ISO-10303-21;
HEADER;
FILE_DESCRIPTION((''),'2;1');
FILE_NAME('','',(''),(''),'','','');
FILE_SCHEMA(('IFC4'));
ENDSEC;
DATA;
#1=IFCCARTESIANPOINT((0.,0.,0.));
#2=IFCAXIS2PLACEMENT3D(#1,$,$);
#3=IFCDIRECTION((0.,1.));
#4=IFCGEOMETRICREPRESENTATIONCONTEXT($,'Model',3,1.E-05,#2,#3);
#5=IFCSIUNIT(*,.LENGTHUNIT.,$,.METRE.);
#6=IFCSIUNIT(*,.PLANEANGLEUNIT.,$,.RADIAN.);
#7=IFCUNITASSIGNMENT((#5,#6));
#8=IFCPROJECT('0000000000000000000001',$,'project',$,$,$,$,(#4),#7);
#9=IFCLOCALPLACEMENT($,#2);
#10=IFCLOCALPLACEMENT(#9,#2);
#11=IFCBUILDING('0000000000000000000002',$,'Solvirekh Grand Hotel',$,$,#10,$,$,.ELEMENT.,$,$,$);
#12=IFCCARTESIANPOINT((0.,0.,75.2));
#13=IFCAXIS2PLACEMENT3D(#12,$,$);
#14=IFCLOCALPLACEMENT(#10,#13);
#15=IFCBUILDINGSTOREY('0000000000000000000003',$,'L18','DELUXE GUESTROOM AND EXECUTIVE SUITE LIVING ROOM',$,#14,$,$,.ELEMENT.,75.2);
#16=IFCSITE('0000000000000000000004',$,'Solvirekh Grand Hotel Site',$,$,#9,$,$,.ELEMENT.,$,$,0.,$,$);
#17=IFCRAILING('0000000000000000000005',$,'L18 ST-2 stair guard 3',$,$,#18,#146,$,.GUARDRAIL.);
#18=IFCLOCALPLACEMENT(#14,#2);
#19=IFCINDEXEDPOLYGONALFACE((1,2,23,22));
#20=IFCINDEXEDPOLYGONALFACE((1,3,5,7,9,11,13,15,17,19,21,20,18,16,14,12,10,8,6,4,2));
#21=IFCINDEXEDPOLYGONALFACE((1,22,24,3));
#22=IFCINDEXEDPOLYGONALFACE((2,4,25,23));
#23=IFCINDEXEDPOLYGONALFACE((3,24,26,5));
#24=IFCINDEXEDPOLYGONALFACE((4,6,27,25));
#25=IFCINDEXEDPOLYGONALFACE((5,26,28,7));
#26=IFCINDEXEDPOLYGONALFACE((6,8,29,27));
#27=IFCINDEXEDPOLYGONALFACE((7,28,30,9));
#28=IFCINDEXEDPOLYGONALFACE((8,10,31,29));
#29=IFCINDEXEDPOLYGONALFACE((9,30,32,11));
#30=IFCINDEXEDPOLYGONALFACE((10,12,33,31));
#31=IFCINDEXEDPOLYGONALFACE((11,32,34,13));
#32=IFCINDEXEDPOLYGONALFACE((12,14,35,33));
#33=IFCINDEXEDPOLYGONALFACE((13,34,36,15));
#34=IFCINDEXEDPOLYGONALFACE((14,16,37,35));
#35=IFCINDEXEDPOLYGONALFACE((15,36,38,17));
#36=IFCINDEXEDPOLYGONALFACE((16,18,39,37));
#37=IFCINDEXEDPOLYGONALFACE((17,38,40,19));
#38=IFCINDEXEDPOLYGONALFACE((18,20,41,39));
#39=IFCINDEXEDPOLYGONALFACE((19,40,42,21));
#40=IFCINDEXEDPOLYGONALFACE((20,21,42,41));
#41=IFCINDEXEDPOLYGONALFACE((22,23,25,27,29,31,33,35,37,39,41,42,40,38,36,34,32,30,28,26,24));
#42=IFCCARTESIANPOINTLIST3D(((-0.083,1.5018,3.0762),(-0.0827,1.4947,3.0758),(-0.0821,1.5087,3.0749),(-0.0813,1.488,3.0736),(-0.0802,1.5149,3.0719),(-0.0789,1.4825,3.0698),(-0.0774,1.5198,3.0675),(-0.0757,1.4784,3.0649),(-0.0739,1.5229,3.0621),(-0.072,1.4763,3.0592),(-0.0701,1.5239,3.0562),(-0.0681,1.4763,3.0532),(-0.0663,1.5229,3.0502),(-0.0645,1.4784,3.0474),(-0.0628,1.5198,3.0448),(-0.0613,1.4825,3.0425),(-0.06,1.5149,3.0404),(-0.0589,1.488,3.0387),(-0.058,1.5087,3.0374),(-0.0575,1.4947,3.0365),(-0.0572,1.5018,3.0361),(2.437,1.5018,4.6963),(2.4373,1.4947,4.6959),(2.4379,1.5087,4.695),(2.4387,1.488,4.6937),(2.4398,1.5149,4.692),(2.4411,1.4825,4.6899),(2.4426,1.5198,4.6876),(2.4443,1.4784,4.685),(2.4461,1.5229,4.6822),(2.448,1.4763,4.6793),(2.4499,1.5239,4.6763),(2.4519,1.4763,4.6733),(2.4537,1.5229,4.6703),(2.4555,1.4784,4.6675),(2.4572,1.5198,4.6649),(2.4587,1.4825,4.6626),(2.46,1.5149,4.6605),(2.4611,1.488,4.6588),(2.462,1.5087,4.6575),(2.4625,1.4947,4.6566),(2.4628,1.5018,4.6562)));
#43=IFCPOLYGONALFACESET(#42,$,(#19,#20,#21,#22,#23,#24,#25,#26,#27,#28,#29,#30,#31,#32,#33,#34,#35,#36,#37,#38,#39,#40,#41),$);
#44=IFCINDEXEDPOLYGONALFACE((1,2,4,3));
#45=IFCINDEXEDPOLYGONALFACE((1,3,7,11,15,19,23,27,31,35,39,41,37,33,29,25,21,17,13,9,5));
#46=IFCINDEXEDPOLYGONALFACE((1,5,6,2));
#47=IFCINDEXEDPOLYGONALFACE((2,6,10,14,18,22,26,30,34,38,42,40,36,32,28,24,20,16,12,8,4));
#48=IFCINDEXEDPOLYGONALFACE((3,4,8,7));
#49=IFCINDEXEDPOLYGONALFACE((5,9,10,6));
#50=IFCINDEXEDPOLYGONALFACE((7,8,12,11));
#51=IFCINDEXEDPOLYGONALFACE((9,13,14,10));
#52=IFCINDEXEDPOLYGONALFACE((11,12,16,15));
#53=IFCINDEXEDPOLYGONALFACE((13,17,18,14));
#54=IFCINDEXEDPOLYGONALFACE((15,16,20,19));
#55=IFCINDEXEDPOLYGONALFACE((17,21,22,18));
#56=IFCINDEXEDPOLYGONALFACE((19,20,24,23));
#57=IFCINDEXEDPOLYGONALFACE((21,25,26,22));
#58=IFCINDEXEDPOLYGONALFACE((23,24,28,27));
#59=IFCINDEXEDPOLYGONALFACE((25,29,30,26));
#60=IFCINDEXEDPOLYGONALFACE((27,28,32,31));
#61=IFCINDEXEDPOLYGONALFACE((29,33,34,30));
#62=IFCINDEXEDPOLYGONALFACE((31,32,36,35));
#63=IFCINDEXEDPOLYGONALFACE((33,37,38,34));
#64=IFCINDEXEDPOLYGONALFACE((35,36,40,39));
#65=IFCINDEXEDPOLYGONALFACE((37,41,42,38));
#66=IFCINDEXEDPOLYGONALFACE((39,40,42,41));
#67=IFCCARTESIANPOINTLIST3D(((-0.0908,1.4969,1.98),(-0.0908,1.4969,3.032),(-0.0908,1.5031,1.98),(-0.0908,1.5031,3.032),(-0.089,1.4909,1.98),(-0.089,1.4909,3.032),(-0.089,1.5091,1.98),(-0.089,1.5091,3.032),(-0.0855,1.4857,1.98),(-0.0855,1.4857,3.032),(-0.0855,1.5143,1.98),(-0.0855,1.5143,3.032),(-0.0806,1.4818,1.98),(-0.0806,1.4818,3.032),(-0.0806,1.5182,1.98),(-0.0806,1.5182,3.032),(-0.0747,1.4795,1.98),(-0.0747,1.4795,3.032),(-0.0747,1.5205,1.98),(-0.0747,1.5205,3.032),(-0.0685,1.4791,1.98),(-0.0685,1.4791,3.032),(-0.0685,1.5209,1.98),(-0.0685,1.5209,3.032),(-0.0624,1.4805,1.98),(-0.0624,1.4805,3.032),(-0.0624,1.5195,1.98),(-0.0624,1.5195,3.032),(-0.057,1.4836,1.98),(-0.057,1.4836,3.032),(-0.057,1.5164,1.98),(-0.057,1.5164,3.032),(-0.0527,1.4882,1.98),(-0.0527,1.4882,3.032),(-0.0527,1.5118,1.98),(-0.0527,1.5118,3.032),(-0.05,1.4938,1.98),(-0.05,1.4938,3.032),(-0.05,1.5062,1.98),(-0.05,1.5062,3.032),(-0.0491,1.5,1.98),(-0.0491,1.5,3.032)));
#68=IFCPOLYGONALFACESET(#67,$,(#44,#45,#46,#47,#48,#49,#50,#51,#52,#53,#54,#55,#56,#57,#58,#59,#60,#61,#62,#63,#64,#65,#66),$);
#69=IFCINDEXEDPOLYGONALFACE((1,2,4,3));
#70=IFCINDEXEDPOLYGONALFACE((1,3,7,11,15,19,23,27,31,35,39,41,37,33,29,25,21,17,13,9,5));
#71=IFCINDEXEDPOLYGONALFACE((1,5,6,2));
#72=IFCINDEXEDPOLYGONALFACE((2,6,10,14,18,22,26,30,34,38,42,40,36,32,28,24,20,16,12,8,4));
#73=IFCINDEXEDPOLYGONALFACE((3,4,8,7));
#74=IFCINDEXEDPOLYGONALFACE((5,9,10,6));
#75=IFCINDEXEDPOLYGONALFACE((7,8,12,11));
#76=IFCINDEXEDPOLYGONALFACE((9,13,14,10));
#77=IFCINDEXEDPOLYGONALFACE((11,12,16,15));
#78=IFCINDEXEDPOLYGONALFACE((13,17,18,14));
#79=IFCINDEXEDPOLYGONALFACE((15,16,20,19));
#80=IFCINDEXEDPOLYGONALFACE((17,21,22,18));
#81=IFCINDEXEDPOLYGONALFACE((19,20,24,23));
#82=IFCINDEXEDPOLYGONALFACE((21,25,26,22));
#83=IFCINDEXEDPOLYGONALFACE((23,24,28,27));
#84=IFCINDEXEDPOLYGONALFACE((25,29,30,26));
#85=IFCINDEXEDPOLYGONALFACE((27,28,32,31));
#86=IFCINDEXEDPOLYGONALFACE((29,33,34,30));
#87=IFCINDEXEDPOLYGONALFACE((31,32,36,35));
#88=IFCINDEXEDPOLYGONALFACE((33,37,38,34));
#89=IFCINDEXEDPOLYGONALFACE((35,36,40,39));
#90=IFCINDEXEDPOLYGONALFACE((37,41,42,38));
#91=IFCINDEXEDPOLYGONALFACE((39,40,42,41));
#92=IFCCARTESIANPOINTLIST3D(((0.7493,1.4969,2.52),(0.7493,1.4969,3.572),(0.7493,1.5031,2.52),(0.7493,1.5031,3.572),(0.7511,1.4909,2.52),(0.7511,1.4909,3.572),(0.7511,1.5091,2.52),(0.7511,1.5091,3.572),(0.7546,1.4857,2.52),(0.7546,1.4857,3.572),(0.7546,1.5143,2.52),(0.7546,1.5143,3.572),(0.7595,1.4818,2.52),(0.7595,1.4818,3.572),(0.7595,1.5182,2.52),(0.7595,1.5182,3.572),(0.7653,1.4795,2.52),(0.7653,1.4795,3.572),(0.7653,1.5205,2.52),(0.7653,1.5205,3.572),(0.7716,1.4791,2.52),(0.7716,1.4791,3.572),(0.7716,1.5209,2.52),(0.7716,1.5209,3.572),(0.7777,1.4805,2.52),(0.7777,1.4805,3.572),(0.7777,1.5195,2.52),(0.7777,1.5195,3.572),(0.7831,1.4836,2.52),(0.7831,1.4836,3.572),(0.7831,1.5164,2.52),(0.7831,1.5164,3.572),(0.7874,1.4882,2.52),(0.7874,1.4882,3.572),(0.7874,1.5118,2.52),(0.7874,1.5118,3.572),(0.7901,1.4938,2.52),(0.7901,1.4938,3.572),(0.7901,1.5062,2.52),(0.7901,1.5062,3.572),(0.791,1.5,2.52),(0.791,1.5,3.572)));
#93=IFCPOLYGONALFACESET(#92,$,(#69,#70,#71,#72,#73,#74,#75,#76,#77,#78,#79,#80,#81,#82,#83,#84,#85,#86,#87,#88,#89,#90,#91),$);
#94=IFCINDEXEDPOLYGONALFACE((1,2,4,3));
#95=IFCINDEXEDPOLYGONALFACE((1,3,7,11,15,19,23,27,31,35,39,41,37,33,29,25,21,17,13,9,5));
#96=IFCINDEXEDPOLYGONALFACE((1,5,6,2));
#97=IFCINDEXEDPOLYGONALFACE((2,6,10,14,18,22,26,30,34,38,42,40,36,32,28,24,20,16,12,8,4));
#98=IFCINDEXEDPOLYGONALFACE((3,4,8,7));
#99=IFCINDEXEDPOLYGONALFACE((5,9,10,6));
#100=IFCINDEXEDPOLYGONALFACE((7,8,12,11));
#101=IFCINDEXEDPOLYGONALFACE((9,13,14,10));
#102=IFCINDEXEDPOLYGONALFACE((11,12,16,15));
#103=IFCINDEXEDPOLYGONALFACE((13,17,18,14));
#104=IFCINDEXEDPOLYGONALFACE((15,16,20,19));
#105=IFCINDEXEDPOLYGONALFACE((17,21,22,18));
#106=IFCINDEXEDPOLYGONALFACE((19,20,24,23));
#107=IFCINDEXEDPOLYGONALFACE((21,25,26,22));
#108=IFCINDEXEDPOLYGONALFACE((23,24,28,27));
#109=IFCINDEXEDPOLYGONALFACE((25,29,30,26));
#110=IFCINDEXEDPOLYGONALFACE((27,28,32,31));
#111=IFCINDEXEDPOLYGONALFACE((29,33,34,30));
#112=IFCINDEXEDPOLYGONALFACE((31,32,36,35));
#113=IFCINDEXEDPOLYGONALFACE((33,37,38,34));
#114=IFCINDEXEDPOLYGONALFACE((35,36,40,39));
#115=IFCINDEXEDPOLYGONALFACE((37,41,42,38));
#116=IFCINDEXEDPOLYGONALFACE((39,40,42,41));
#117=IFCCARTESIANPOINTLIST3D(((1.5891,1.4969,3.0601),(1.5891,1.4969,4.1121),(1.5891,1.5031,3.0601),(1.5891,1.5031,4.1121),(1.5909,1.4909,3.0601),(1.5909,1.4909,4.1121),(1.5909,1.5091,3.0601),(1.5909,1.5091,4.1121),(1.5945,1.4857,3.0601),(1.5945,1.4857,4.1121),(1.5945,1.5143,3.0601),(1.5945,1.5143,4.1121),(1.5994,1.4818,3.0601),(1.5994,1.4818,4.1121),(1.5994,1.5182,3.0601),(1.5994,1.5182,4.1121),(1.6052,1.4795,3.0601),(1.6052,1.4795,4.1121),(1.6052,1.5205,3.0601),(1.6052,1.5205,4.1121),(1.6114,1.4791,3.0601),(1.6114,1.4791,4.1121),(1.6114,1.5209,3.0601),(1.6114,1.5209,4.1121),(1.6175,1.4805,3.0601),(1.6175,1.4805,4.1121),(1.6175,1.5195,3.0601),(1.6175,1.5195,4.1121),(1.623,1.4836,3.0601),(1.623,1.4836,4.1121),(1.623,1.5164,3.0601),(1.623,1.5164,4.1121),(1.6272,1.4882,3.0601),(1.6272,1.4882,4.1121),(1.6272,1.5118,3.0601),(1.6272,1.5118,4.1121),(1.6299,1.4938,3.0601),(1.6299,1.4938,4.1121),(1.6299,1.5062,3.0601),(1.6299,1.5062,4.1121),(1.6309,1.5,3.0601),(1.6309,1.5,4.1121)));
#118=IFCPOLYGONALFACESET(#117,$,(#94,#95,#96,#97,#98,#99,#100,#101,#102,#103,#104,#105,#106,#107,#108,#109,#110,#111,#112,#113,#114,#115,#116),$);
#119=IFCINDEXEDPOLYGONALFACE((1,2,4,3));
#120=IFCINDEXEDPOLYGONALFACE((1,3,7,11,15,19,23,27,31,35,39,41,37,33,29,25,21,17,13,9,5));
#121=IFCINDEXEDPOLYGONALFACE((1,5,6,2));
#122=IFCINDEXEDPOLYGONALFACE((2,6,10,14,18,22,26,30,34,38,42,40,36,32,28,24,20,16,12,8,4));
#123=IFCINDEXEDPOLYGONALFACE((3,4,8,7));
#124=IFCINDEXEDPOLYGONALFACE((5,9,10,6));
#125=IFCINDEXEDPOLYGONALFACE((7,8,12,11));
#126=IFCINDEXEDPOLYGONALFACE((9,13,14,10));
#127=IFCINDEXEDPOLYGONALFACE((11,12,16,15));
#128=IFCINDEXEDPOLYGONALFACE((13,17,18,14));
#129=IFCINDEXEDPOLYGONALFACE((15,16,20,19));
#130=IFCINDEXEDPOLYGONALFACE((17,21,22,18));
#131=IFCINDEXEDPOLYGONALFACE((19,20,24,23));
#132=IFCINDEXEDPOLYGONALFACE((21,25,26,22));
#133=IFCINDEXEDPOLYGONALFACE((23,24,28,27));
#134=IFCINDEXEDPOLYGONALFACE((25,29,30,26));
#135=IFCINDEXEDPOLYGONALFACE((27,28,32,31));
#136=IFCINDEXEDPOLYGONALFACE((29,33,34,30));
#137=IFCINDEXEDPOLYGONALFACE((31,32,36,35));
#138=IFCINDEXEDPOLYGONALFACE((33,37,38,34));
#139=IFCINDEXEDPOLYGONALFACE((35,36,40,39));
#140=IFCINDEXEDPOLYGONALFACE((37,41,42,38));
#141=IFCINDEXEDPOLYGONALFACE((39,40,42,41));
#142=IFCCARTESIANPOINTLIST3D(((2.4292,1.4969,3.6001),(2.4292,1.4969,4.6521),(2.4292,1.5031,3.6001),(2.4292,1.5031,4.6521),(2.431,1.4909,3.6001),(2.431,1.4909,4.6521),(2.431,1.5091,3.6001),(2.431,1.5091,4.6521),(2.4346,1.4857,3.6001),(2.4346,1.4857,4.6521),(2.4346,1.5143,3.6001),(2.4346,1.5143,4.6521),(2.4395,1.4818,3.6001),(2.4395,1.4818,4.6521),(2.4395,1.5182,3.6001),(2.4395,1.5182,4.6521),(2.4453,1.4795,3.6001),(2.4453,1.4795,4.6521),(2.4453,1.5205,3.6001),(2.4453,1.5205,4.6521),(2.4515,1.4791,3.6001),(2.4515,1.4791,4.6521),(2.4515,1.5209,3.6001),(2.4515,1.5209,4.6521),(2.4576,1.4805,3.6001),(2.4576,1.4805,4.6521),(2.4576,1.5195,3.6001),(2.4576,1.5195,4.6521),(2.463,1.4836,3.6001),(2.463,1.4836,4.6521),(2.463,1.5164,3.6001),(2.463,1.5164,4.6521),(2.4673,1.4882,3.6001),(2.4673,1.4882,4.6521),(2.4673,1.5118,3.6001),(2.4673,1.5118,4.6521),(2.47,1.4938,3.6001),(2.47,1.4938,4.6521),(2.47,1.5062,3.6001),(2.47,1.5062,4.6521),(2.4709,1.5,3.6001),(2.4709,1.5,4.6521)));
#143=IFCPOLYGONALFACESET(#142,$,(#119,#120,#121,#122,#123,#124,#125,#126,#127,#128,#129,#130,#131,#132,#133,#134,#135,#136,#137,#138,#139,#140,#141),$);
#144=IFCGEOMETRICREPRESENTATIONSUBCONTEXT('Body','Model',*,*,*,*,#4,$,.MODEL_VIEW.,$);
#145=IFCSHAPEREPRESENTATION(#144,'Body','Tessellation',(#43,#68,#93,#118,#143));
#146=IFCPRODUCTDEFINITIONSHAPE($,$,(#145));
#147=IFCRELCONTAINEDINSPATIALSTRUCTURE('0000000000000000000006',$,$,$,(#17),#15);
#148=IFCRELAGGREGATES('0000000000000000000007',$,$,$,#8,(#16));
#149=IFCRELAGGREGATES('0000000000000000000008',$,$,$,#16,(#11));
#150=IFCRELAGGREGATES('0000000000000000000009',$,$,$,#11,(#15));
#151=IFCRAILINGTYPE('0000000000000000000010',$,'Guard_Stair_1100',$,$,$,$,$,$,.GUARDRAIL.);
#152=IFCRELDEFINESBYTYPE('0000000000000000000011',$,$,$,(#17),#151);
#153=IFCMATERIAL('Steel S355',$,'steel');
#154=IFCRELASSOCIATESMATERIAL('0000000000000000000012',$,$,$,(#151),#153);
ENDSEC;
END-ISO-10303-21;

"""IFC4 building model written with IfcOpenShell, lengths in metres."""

from ifc_helpers import new_model, si_unit, direction, frame, origin, origin_2d, place, context, subcontext, project, spatial, circle, extrude, material, type_object, element, save


model = new_model("IFC4")

# Units and contexts
model_context = context("Model", 3, precision=1e-05, world=origin(), true_north=direction((0.0, 1.0)))
body_context = subcontext(model_context, "Body", "Model", "MODEL_VIEW")
ifc_project = project(units=[si_unit("LENGTHUNIT", "METRE"), si_unit("PLANEANGLEUNIT", "RADIAN")], contexts=[model_context])

# Site, building, storey
site_placement = place(None, origin())
site = spatial("IfcSite", under=ifc_project, at=site_placement, Name="Solvirekh Grand Hotel Site", CompositionType="ELEMENT", RefElevation=0.0)
building_placement = place(site_placement, origin())
building = spatial("IfcBuilding", under=site, at=building_placement, Name="Solvirekh Grand Hotel", CompositionType="ELEMENT")
storey_placement = place(building_placement, frame((0.0, 0.0, 75.2)))
storey = spatial("IfcBuildingStorey", under=building, at=storey_placement, Name="L18", Description="DELUXE GUESTROOM AND EXECUTIVE SUITE LIVING ROOM", CompositionType="ELEMENT", Elevation=75.2)

# Railing
ifc_material_1 = material(Name="Steel S355", Category="steel")
railing_type_1 = type_object("IfcRailingType", Name="Guard_Stair_1100", PredefinedType="GUARDRAIL", material=ifc_material_1)
railing_1_placement = place(storey_placement, frame((-0.0701, 1.5, 1.98)))
element("IfcRailing", 1, at=railing_1_placement, inside=storey, type_object=railing_type_1, Name="L18 ST-2 stair guard 3", PredefinedType="GUARDRAIL", context=body_context, shape_type="SweptSolid", body=[
    extrude(circle(Radius=0.0239, at=origin_2d()), frame((0.0, 0.0, 1.0762), z_axis=(0.841163, 0.0, 0.540782), x_axis=(0.0, 1.0, 0.0)), (0.0, 0.0, 1.0), 2.9958),
    extrude(circle(Radius=0.021, at=origin_2d()), origin(), (0.0, 0.0, 1.0), 1.052),
    extrude(circle(Radius=0.021, at=origin_2d()), frame((0.8401, 0.0, 0.54)), (0.0, 0.0, 1.0), 1.052),
    extrude(circle(Radius=0.021, at=origin_2d()), frame((1.6799, 0.0, 1.0801)), (0.0, 0.0, 1.0), 1.052),
    extrude(circle(Radius=0.021, at=origin_2d()), frame((2.52, 0.0, 1.6201)), (0.0, 0.0, 1.0), 1.052),
])

save(model, "model.ifc")
